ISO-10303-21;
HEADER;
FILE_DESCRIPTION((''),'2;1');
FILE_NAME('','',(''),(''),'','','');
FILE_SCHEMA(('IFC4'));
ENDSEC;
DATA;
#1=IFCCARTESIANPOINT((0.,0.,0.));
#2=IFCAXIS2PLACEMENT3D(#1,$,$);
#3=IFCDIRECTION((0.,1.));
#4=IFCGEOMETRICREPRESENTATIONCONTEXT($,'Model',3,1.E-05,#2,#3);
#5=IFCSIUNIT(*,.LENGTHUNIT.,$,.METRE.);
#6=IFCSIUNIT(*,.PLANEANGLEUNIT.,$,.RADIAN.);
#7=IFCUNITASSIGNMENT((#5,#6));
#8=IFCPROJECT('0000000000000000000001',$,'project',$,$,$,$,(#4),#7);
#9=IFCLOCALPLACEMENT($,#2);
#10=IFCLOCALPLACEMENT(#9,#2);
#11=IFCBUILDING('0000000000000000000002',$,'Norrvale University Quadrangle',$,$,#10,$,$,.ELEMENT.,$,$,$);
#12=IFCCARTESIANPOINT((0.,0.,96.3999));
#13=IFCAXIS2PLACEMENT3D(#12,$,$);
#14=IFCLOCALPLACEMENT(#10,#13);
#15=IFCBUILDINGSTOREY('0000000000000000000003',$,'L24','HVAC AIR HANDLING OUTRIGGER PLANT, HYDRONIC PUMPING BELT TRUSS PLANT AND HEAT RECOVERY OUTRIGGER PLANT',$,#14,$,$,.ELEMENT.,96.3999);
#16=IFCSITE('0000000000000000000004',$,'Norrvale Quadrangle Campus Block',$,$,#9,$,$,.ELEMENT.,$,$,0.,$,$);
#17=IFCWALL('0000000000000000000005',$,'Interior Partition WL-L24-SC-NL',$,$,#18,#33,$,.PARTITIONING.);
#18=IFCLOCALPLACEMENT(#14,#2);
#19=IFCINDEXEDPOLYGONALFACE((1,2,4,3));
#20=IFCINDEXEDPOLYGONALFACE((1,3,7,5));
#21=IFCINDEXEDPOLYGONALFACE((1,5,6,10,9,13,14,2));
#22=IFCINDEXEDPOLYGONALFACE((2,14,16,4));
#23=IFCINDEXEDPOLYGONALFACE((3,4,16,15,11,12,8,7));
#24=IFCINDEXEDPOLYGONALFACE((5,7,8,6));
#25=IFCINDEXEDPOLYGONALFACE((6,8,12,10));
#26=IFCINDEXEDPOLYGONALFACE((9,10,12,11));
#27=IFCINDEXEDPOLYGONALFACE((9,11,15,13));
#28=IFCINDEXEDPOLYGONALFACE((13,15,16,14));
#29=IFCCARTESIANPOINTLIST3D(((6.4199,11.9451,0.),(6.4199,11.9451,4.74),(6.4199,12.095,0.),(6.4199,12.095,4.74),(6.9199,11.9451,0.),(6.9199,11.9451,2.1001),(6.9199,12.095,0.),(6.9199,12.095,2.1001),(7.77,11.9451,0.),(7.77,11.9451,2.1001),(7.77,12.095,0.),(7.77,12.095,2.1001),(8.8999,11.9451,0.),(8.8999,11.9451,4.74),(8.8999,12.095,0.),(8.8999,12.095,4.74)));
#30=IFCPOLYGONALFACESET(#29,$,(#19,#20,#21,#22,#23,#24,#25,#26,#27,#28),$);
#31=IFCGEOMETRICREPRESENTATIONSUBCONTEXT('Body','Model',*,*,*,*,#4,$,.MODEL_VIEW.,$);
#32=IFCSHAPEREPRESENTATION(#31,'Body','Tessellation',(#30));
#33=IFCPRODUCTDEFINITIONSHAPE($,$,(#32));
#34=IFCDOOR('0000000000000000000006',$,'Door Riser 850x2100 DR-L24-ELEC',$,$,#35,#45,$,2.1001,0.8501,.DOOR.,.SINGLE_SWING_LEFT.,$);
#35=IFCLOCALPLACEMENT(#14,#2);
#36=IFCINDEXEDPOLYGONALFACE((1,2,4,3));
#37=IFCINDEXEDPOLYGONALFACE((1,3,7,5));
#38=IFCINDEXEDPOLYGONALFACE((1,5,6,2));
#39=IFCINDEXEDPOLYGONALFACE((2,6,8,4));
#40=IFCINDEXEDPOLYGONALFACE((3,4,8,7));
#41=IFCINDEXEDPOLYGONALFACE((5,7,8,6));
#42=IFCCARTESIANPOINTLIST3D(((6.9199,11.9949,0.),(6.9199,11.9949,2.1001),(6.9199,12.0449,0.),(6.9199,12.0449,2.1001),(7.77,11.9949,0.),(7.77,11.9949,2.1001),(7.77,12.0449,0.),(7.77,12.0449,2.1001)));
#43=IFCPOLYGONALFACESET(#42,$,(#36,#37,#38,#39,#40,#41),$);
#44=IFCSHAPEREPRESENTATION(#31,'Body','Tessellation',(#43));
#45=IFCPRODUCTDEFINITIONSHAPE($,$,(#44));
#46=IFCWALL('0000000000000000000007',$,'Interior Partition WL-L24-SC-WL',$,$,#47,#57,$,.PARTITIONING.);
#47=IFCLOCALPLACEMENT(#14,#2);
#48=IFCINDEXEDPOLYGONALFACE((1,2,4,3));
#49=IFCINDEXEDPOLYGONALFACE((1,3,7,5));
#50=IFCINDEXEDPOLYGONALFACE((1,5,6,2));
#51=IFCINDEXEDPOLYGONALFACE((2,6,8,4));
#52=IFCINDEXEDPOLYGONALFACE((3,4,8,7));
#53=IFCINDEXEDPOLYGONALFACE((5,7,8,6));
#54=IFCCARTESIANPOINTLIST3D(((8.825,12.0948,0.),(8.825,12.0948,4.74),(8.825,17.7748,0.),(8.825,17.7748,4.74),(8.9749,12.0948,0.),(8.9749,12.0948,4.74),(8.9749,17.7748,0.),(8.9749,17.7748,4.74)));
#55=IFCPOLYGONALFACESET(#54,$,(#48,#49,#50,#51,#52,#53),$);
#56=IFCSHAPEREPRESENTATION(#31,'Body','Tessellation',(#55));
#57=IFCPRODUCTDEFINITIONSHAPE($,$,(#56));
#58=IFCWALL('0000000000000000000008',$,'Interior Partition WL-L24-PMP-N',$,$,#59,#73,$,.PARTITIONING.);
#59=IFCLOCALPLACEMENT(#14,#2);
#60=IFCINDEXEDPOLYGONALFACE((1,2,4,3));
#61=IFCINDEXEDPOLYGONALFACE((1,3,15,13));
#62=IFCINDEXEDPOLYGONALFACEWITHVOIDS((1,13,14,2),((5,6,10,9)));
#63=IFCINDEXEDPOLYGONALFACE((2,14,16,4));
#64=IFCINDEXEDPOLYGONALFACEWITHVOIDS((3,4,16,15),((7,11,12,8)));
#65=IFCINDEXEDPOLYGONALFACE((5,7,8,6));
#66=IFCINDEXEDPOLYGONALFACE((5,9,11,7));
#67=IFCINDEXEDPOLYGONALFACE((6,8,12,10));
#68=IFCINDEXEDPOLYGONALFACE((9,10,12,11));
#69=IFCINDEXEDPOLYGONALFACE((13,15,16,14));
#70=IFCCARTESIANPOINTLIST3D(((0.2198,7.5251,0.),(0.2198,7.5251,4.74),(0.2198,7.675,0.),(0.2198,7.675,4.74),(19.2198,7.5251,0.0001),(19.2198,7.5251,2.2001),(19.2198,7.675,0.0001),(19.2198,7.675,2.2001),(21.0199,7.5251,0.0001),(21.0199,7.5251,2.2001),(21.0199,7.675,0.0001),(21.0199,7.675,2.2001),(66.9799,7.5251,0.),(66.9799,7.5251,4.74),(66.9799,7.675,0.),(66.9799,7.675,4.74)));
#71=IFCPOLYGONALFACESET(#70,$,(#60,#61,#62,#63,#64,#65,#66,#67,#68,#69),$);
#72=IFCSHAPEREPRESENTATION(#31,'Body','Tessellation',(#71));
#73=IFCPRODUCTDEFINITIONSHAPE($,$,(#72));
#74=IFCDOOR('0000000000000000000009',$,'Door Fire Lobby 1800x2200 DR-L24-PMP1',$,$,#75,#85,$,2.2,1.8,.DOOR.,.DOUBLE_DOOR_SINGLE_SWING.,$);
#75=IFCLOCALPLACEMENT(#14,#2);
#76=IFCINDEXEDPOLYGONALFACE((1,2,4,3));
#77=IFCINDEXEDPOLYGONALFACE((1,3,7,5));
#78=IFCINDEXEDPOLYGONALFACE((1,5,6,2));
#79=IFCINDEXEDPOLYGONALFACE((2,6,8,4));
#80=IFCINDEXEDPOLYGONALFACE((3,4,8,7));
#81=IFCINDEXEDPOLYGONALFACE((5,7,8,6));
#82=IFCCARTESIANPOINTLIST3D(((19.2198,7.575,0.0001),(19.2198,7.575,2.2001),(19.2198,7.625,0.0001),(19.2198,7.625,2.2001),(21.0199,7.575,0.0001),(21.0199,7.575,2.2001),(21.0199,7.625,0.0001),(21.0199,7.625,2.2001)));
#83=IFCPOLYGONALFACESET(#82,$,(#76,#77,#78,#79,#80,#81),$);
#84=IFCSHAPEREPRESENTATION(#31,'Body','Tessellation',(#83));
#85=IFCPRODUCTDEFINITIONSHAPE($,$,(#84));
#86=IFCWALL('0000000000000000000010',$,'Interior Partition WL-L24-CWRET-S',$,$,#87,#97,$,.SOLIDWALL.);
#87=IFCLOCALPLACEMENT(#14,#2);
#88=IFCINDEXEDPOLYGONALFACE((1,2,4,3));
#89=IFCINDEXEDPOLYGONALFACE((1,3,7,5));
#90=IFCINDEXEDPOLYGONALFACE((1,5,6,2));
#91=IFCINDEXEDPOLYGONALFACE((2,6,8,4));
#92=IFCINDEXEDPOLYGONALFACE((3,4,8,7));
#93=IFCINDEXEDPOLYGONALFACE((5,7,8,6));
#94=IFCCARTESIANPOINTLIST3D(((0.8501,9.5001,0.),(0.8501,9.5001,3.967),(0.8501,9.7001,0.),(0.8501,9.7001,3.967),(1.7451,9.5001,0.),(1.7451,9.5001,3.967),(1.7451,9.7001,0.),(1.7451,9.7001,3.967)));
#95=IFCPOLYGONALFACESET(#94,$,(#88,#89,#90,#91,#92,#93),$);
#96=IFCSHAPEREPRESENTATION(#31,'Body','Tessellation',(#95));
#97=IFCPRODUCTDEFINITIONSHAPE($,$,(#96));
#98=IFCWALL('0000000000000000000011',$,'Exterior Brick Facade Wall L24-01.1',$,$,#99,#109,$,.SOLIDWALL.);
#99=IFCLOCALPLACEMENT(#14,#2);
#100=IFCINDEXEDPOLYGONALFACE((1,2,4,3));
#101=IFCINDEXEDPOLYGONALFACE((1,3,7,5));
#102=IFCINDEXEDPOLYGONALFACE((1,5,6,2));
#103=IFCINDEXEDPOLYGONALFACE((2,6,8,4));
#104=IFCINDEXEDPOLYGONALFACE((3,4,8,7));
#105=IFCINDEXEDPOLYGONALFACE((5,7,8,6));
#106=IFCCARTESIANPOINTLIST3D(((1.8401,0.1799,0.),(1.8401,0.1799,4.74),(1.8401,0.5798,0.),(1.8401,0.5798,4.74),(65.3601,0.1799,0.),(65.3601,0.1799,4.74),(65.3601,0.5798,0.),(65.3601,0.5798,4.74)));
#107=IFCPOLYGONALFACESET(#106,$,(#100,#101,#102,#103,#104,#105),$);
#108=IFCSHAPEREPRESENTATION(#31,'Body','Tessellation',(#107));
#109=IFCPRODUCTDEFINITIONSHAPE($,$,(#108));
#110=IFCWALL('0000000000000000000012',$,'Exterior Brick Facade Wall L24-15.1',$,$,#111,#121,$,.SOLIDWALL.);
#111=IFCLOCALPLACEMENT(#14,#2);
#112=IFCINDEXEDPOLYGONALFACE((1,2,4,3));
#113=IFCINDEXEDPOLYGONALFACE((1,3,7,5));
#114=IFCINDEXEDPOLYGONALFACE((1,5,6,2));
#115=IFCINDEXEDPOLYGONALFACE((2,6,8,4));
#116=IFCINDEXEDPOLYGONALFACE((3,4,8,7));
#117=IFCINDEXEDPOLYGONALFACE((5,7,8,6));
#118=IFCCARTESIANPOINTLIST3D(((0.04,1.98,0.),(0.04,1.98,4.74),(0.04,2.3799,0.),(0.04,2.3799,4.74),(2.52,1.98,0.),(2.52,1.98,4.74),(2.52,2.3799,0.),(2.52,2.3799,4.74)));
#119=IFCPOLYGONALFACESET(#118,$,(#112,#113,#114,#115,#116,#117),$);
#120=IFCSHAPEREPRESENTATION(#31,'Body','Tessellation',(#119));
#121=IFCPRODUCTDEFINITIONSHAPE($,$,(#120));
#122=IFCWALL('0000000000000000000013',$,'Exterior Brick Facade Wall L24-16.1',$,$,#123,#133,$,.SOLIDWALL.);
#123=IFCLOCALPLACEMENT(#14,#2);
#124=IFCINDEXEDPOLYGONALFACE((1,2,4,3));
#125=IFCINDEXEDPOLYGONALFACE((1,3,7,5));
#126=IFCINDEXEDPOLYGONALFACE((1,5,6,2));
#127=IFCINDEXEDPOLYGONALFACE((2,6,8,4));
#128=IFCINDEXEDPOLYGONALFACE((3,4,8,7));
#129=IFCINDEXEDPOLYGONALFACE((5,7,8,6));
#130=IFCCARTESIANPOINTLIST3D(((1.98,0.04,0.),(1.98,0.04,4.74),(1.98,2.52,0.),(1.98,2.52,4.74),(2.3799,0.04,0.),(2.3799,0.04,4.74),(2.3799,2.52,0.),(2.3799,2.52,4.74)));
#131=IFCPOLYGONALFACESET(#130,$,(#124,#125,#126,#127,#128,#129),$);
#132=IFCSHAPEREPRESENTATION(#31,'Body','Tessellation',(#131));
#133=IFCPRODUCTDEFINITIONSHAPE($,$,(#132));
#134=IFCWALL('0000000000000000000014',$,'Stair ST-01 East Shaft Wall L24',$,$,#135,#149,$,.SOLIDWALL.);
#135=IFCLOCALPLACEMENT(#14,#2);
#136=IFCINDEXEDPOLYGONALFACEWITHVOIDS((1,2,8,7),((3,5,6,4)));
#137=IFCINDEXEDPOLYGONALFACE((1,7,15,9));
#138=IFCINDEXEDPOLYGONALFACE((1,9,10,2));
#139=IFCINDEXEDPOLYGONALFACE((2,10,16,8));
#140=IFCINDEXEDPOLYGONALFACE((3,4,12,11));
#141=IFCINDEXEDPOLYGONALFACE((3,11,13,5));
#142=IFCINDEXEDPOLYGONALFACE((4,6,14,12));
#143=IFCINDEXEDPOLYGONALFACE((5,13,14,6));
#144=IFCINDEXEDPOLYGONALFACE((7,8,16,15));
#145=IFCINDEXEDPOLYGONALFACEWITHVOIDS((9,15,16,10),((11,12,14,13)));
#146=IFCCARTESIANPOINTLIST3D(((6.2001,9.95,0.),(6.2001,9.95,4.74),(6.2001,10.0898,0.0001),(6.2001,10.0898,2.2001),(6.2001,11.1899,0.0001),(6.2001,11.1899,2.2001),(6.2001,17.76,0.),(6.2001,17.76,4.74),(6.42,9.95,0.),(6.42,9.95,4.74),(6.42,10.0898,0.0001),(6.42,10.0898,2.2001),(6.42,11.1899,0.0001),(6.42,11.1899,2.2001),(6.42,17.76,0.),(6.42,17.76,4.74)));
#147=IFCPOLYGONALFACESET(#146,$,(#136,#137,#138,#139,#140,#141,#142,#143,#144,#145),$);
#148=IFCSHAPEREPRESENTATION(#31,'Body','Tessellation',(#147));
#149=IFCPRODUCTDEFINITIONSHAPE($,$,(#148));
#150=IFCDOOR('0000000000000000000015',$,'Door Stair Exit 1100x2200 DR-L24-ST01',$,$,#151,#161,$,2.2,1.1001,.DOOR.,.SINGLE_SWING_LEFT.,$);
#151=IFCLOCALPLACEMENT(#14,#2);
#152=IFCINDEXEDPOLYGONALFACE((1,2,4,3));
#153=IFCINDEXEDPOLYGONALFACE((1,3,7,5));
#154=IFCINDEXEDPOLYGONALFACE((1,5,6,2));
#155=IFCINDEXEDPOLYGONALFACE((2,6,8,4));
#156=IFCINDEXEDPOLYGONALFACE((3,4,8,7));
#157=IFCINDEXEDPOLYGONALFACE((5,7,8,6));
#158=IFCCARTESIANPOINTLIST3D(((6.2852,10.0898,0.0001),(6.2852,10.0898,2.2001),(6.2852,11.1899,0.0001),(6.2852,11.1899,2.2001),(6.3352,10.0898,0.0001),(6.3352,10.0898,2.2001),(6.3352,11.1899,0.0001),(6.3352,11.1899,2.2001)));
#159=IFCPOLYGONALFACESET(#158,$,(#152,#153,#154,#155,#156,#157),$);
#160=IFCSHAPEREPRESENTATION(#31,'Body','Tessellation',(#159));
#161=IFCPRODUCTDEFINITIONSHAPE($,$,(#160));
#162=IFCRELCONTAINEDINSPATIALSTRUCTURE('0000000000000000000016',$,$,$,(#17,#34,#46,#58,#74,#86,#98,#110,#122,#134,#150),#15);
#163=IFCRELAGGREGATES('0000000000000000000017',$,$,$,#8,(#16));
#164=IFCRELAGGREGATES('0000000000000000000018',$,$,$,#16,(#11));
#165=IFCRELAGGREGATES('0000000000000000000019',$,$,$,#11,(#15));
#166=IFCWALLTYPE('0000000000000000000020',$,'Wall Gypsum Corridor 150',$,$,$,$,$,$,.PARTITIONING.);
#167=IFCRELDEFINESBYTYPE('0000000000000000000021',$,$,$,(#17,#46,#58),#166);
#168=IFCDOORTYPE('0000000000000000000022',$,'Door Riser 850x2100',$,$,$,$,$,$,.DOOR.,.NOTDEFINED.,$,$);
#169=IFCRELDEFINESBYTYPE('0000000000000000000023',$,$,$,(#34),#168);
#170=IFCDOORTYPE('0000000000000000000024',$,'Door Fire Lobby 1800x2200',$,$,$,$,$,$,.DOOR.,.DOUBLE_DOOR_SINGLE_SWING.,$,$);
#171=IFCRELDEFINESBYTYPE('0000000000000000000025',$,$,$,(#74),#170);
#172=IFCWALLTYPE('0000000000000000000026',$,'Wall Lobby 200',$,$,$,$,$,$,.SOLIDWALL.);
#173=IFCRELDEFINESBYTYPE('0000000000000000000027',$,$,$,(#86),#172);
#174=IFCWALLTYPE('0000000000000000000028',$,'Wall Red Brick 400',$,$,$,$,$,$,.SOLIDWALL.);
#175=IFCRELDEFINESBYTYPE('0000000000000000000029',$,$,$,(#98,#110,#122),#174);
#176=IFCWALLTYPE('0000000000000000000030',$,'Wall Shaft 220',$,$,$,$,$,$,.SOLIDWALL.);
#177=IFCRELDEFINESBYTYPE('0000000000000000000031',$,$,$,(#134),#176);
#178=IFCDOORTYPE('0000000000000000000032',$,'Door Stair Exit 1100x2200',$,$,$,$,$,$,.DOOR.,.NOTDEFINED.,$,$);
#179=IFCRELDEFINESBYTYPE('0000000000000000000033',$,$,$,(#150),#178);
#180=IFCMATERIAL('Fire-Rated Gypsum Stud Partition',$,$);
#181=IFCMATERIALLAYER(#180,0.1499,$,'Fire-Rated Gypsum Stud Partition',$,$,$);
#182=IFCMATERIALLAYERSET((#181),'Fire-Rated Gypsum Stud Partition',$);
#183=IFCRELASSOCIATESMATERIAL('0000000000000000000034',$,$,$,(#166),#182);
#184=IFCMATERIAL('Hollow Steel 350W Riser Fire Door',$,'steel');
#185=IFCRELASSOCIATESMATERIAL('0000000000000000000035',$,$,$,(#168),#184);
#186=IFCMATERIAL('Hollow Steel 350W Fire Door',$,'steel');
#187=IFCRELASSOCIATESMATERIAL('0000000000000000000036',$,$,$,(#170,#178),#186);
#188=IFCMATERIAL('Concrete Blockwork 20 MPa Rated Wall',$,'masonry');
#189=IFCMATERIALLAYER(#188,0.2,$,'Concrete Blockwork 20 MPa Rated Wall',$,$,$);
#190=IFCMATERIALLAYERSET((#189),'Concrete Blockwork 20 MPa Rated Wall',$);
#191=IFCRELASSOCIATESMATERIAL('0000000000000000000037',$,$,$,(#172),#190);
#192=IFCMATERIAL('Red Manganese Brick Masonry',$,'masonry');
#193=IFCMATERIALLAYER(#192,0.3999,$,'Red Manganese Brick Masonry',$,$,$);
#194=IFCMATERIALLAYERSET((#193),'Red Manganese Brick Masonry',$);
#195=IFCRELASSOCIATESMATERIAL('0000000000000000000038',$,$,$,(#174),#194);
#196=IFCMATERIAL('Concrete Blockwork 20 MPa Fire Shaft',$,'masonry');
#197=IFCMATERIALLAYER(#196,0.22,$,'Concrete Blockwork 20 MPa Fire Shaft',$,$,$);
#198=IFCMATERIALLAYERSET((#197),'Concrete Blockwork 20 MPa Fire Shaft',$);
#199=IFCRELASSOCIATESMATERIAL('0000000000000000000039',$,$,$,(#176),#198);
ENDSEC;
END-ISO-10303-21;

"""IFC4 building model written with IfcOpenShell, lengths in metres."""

from ifc_helpers import new_model, si_unit, direction, frame, frame_2d, origin, place, context, subcontext, project, spatial, rectangle, extrude, material, layer, layer_set, type_object, element, fill, save


model = new_model("IFC4")

# Units and contexts
model_context = context("Model", 3, precision=1e-05, world=origin(), true_north=direction((0.0, 1.0)))
body_context = subcontext(model_context, "Body", "Model", "MODEL_VIEW")
ifc_project = project(units=[si_unit("LENGTHUNIT", "METRE"), si_unit("PLANEANGLEUNIT", "RADIAN")], contexts=[model_context])

# Site, building, storey
site_placement = place(None, origin())
site = spatial("IfcSite", under=ifc_project, at=site_placement, Name="Norrvale Quadrangle Campus Block", CompositionType="ELEMENT", RefElevation=0.0)
building_placement = place(site_placement, origin())
building = spatial("IfcBuilding", under=site, at=building_placement, Name="Norrvale University Quadrangle", CompositionType="ELEMENT")
storey_placement = place(building_placement, frame((0.0, 0.0, 96.3999)))
storey = spatial("IfcBuildingStorey", under=building, at=storey_placement, Name="L24", Description="HVAC AIR HANDLING OUTRIGGER PLANT, HYDRONIC PUMPING BELT TRUSS PLANT AND HEAT RECOVERY OUTRIGGER PLANT", CompositionType="ELEMENT", Elevation=96.3999)

# Wall, opening, door
ifc_material_1 = material(Name="Fire-Rated Gypsum Stud Partition")
ifc_layer_1 = layer(ifc_material_1, 0.1499, Name="Fire-Rated Gypsum Stud Partition")
ifc_layer_set_1 = layer_set([ifc_layer_1], Name="Fire-Rated Gypsum Stud Partition")
wall_type_1 = type_object("IfcWallType", Name="Wall Gypsum Corridor 150", PredefinedType="PARTITIONING", material=ifc_layer_set_1)
wall_1_placement = place(storey_placement, frame((6.4199, 12.02, 0.0), z_axis=(0.0, 0.0, 1.0), x_axis=(1.0, 0.0, 0.0)))
wall_1 = element("IfcWall", 1, at=wall_1_placement, inside=storey, type_object=wall_type_1, Name="Interior Partition WL-L24-SC-NL", PredefinedType="PARTITIONING", context=body_context, shape_type="SweptSolid", body=[
    extrude(rectangle(XDim=2.48, YDim=0.1499, at=frame_2d((1.24, 0.0))), origin(), (0.0, 0.0, 1.0), 4.74),
])
opening_1_placement = place(wall_1_placement, frame((0.5, 0.0, 0.0)))
opening_1 = element("IfcOpeningElement", 2, at=opening_1_placement, cuts=wall_1, PredefinedType="OPENING", context=body_context, shape_type="SweptSolid", body=[
    extrude(rectangle(XDim=0.8501, YDim=2.1001, at=frame_2d((0.425, 1.05))), frame((0.0, 0.0869, 0.0), z_axis=(0.0, -1.0, 0.0), x_axis=(1.0, 0.0, 0.0)), (0.0, 0.0, 1.0), 0.1738),
])
ifc_material_2 = material(Name="Hollow Steel 350W Riser Fire Door", Category="steel")
door_type_1 = type_object("IfcDoorType", Name="Door Riser 850x2100", OperationType="NOTDEFINED", PredefinedType="DOOR", material=ifc_material_2)
door_1_placement = place(opening_1_placement, origin())
door_1 = element("IfcDoor", 3, at=door_1_placement, inside=storey, type_object=door_type_1, Name="Door Riser 850x2100 DR-L24-ELEC", OperationType="SINGLE_SWING_LEFT", OverallHeight=2.1001, OverallWidth=0.8501, PredefinedType="DOOR", context=body_context, shape_type="SweptSolid", body=[
    extrude(rectangle(XDim=0.8501, YDim=2.1001, at=frame_2d((0.425, 1.05))), frame((0.0, 0.0249, 0.0), z_axis=(0.0, -1.0, 0.0), x_axis=(1.0, 0.0, 0.0)), (0.0, 0.0, 1.0), 0.05),
])
fill(opening_1, door_1)

# Wall
wall_2_placement = place(storey_placement, frame((8.8999, 12.095, 0.0), z_axis=(0.0, 0.0, 1.0), x_axis=(0.0, 1.0, 0.0)))
element("IfcWall", 4, at=wall_2_placement, inside=storey, type_object=wall_type_1, Name="Interior Partition WL-L24-SC-WL", PredefinedType="PARTITIONING", context=body_context, shape_type="SweptSolid", body=[
    extrude(rectangle(XDim=5.6799, YDim=0.1499, at=frame_2d((2.8398, 0.0))), origin(), (0.0, 0.0, 1.0), 4.74),
])

# Wall, opening, door
wall_3_placement = place(storey_placement, frame((0.22, 7.6001, 0.0), z_axis=(0.0, 0.0, 1.0), x_axis=(1.0, 0.0, 0.0)))
wall_3 = element("IfcWall", 5, at=wall_3_placement, inside=storey, type_object=wall_type_1, Name="Interior Partition WL-L24-PMP-N", PredefinedType="PARTITIONING", context=body_context, shape_type="SweptSolid", body=[
    extrude(rectangle(XDim=66.76, YDim=0.1499, at=frame_2d((33.3799, 0.0))), origin(), (0.0, 0.0, 1.0), 4.74),
])
opening_2_placement = place(wall_3_placement, frame((19.0, 0.0, 0.0)))
opening_2 = element("IfcOpeningElement", 6, at=opening_2_placement, cuts=wall_3, PredefinedType="OPENING", context=body_context, shape_type="SweptSolid", body=[
    extrude(rectangle(XDim=1.8, YDim=2.2, at=frame_2d((0.8999, 1.1001))), frame((0.0, 0.0869, 0.0), z_axis=(0.0, -1.0, 0.0), x_axis=(1.0, 0.0, 0.0)), (0.0, 0.0, 1.0), 0.1738),
])
ifc_material_3 = material(Name="Hollow Steel 350W Fire Door", Category="steel")
door_type_2 = type_object("IfcDoorType", Name="Door Fire Lobby 1800x2200", OperationType="DOUBLE_DOOR_SINGLE_SWING", PredefinedType="DOOR", material=ifc_material_3)
door_2_placement = place(opening_2_placement, origin())
door_2 = element("IfcDoor", 7, at=door_2_placement, inside=storey, type_object=door_type_2, Name="Door Fire Lobby 1800x2200 DR-L24-PMP1", OperationType="DOUBLE_DOOR_SINGLE_SWING", OverallHeight=2.2, OverallWidth=1.8, PredefinedType="DOOR", context=body_context, shape_type="SweptSolid", body=[
    extrude(rectangle(XDim=1.8, YDim=2.2, at=frame_2d((0.8999, 1.1001))), frame((0.0, 0.0249, 0.0), z_axis=(0.0, -1.0, 0.0), x_axis=(1.0, 0.0, 0.0)), (0.0, 0.0, 1.0), 0.05),
])
fill(opening_2, door_2)

# Walls
ifc_material_4 = material(Name="Concrete Blockwork 20 MPa Rated Wall", Category="masonry")
ifc_layer_2 = layer(ifc_material_4, 0.2, Name="Concrete Blockwork 20 MPa Rated Wall")
ifc_layer_set_2 = layer_set([ifc_layer_2], Name="Concrete Blockwork 20 MPa Rated Wall")
wall_type_2 = type_object("IfcWallType", Name="Wall Lobby 200", PredefinedType="SOLIDWALL", material=ifc_layer_set_2)
wall_4_placement = place(storey_placement, frame((0.8501, 9.6001, 0.0), z_axis=(0.0, 0.0, 1.0), x_axis=(1.0, 0.0, 0.0)))
element("IfcWall", 8, at=wall_4_placement, inside=storey, type_object=wall_type_2, Name="Interior Partition WL-L24-CWRET-S", PredefinedType="SOLIDWALL", context=body_context, shape_type="SweptSolid", body=[
    extrude(rectangle(XDim=0.895, YDim=0.2, at=frame_2d((0.4475, 0.0))), origin(), (0.0, 0.0, 1.0), 3.967),
])
ifc_material_5 = material(Name="Red Manganese Brick Masonry", Category="masonry")
ifc_layer_3 = layer(ifc_material_5, 0.3999, Name="Red Manganese Brick Masonry")
ifc_layer_set_3 = layer_set([ifc_layer_3], Name="Red Manganese Brick Masonry")
wall_type_3 = type_object("IfcWallType", Name="Wall Red Brick 400", PredefinedType="SOLIDWALL", material=ifc_layer_set_3)
wall_5_placement = place(storey_placement, frame((1.8401, 0.3799, 0.0), z_axis=(0.0, 0.0, 1.0), x_axis=(1.0, 0.0, 0.0)))
element("IfcWall", 9, at=wall_5_placement, inside=storey, type_object=wall_type_3, Name="Exterior Brick Facade Wall L24-01.1", PredefinedType="SOLIDWALL", context=body_context, shape_type="SweptSolid", body=[
    extrude(rectangle(XDim=63.52, YDim=0.3999, at=frame_2d((31.76, 0.0))), origin(), (0.0, 0.0, 1.0), 4.74),
])
for number, where, z_axis, x_axis, name in (
    (10, (0.04, 2.1799, 0.0), (0.0, 0.0, 1.0), (1.0, 0.0, 0.0), "Exterior Brick Facade Wall L24-15.1"),
    (11, (2.1799, 2.52, 0.0), (0.0, 0.0, 1.0), (0.0, -1.0, 0.0), "Exterior Brick Facade Wall L24-16.1"),
):
    element("IfcWall", number, at=place(storey_placement, frame(where, z_axis=z_axis, x_axis=x_axis)), inside=storey, type_object=wall_type_3, Name=name, PredefinedType="SOLIDWALL", context=body_context, shape_type="SweptSolid", body=[
        extrude(rectangle(XDim=2.48, YDim=0.3999, at=frame_2d((1.24, 0.0))), origin(), (0.0, 0.0, 1.0), 4.74),
    ])

# Wall, opening, door
ifc_material_6 = material(Name="Concrete Blockwork 20 MPa Fire Shaft", Category="masonry")
ifc_layer_4 = layer(ifc_material_6, 0.22, Name="Concrete Blockwork 20 MPa Fire Shaft")
ifc_layer_set_4 = layer_set([ifc_layer_4], Name="Concrete Blockwork 20 MPa Fire Shaft")
wall_type_4 = type_object("IfcWallType", Name="Wall Shaft 220", PredefinedType="SOLIDWALL", material=ifc_layer_set_4)
wall_6_placement = place(storey_placement, frame((6.3101, 9.95, 0.0), z_axis=(0.0, 0.0, 1.0), x_axis=(0.0, 1.0, 0.0)))
wall_6 = element("IfcWall", 12, at=wall_6_placement, inside=storey, type_object=wall_type_4, Name="Stair ST-01 East Shaft Wall L24", PredefinedType="SOLIDWALL", context=body_context, shape_type="SweptSolid", body=[
    extrude(rectangle(XDim=7.8101, YDim=0.22, at=frame_2d((3.905, 0.0))), origin(), (0.0, 0.0, 1.0), 4.74),
])
opening_3_placement = place(wall_6_placement, frame((0.1399, 0.0, 0.0)))
opening_3 = element("IfcOpeningElement", 13, at=opening_3_placement, cuts=wall_6, PredefinedType="OPENING", context=body_context, shape_type="SweptSolid", body=[
    extrude(rectangle(XDim=1.1001, YDim=2.2, at=frame_2d((0.55, 1.1001))), frame((0.0, 0.1221, 0.0), z_axis=(0.0, -1.0, 0.0), x_axis=(1.0, 0.0, 0.0)), (0.0, 0.0, 1.0), 0.2439),
])
door_type_3 = type_object("IfcDoorType", Name="Door Stair Exit 1100x2200", OperationType="NOTDEFINED", PredefinedType="DOOR", material=ifc_material_3)
door_3_placement = place(opening_3_placement, origin())
door_3 = element("IfcDoor", 14, at=door_3_placement, inside=storey, type_object=door_type_3, Name="Door Stair Exit 1100x2200 DR-L24-ST01", OperationType="SINGLE_SWING_LEFT", OverallHeight=2.2, OverallWidth=1.1001, PredefinedType="DOOR", context=body_context, shape_type="SweptSolid", body=[
    extrude(rectangle(XDim=1.1001, YDim=2.2, at=frame_2d((0.55, 1.1001))), frame((0.0, 0.0249, 0.0), z_axis=(0.0, -1.0, 0.0), x_axis=(1.0, 0.0, 0.0)), (0.0, 0.0, 1.0), 0.05),
])
fill(opening_3, door_3)

save(model, "model.ifc")
